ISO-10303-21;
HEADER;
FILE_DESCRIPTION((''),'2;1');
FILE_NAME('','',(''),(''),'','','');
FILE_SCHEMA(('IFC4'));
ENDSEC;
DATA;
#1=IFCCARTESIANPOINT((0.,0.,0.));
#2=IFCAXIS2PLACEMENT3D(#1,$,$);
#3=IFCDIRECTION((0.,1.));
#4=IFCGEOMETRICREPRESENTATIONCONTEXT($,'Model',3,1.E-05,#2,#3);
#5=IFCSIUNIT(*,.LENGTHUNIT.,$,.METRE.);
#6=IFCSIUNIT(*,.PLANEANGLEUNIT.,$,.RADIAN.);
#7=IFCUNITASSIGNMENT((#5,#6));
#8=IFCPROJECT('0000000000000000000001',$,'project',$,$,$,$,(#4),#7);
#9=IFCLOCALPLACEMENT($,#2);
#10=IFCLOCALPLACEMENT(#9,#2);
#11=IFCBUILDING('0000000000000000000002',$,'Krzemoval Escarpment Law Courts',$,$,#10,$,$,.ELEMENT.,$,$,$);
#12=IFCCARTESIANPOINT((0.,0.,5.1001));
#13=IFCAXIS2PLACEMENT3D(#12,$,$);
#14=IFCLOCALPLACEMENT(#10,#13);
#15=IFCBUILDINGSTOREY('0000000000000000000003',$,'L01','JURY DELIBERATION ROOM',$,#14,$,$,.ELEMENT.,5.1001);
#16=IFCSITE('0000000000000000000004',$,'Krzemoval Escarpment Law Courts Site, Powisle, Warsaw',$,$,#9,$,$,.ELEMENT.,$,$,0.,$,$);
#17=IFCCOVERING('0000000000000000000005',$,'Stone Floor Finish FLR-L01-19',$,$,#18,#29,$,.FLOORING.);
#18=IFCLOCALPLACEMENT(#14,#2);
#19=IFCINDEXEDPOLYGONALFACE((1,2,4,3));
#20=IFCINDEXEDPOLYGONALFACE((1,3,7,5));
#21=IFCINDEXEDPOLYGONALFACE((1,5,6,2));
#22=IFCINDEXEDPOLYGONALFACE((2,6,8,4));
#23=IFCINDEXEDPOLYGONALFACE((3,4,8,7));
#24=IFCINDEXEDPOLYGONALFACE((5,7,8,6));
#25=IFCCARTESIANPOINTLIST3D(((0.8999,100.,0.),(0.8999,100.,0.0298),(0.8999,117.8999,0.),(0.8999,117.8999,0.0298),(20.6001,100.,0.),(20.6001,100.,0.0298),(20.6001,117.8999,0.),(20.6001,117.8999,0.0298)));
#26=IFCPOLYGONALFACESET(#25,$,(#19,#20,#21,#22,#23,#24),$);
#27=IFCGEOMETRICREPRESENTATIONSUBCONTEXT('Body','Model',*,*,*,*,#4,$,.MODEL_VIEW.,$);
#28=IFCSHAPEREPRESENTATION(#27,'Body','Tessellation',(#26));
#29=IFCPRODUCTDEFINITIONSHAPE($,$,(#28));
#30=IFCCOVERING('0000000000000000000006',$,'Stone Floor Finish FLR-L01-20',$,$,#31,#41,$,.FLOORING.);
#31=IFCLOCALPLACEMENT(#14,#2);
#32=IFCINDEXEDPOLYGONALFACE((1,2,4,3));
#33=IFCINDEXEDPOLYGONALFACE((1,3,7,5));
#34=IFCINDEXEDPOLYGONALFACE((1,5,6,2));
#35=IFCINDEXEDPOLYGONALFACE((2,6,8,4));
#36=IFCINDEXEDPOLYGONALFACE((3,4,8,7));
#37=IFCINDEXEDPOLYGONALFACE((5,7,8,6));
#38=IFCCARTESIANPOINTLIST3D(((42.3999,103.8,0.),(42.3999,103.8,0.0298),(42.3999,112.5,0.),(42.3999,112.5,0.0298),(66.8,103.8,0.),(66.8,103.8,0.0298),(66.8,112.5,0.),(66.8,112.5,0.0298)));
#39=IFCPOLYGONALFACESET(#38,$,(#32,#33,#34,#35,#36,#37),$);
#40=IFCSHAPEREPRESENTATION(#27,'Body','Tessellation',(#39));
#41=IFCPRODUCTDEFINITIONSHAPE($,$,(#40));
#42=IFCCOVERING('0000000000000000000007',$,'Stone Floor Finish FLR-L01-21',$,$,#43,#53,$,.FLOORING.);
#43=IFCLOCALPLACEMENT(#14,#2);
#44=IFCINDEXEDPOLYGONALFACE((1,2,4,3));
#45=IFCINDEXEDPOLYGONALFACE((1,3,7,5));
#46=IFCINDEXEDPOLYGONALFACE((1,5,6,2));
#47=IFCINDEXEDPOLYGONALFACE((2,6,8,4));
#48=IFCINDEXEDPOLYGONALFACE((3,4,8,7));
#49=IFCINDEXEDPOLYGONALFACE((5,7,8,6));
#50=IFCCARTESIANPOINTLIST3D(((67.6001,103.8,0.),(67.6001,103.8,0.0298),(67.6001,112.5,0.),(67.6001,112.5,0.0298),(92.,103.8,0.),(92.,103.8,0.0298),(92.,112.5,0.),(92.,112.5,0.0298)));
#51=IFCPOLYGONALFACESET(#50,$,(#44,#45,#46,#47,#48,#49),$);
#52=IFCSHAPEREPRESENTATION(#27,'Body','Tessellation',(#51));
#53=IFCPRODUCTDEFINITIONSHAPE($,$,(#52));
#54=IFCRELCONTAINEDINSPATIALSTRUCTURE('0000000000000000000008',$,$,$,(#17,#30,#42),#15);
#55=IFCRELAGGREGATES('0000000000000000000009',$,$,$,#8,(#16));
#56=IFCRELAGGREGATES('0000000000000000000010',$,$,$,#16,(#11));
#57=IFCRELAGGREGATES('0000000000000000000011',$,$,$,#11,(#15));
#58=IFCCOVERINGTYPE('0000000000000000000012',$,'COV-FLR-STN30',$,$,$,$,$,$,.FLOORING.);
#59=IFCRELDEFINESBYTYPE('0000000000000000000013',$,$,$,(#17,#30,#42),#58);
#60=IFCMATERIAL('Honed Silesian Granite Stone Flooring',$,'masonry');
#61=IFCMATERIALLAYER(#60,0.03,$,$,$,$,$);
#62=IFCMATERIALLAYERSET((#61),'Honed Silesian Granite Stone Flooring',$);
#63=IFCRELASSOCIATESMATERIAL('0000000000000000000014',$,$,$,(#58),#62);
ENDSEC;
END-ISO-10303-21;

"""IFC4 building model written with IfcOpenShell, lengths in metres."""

from ifc_helpers import new_model, si_unit, direction, frame, origin, place, context, subcontext, project, spatial, polyline, outline, extrude, material, layer, layer_set, type_object, element, save


model = new_model("IFC4")

# Units and contexts
model_context = context("Model", 3, precision=1e-05, world=origin(), true_north=direction((0.0, 1.0)))
body_context = subcontext(model_context, "Body", "Model", "MODEL_VIEW")
ifc_project = project(units=[si_unit("LENGTHUNIT", "METRE"), si_unit("PLANEANGLEUNIT", "RADIAN")], contexts=[model_context])

# Site, building, storey
site_placement = place(None, origin())
site = spatial("IfcSite", under=ifc_project, at=site_placement, Name="Krzemoval Escarpment Law Courts Site, Powisle, Warsaw", CompositionType="ELEMENT", RefElevation=0.0)
building_placement = place(site_placement, origin())
building = spatial("IfcBuilding", under=site, at=building_placement, Name="Krzemoval Escarpment Law Courts", CompositionType="ELEMENT")
storey_placement = place(building_placement, frame((0.0, 0.0, 5.1001)))
storey = spatial("IfcBuildingStorey", under=building, at=storey_placement, Name="L01", Description="JURY DELIBERATION ROOM", CompositionType="ELEMENT", Elevation=5.1001)

# Coverings
ifc_material_1 = material(Name="Honed Silesian Granite Stone Flooring", Category="masonry")
ifc_layer_1 = layer(ifc_material_1, 0.03)
ifc_layer_set_1 = layer_set([ifc_layer_1], Name="Honed Silesian Granite Stone Flooring")
covering_type_1 = type_object("IfcCoveringType", Name="COV-FLR-STN30", PredefinedType="FLOORING", material=ifc_layer_set_1)
covering_1_placement = place(storey_placement, origin())
element("IfcCovering", 1, at=covering_1_placement, inside=storey, type_object=covering_type_1, Name="Stone Floor Finish FLR-L01-19", PredefinedType="FLOORING", context=body_context, shape_type="SweptSolid", body=[
    extrude(outline(polyline([(0.8999, 100.0), (0.8999, 117.8999), (20.6001, 117.8999), (20.6001, 100.0), (0.8999, 100.0)])), origin(), (0.0, 0.0, 1.0), 0.0298),
])
covering_2_placement = place(storey_placement, origin())
element("IfcCovering", 2, at=covering_2_placement, inside=storey, type_object=covering_type_1, Name="Stone Floor Finish FLR-L01-20", PredefinedType="FLOORING", context=body_context, shape_type="SweptSolid", body=[
    extrude(outline(polyline([(42.3999, 103.8), (42.3999, 112.5), (66.8, 112.5), (66.8, 103.8), (42.3999, 103.8)])), origin(), (0.0, 0.0, 1.0), 0.0298),
])
covering_3_placement = place(storey_placement, origin())
element("IfcCovering", 3, at=covering_3_placement, inside=storey, type_object=covering_type_1, Name="Stone Floor Finish FLR-L01-21", PredefinedType="FLOORING", context=body_context, shape_type="SweptSolid", body=[
    extrude(outline(polyline([(67.6001, 103.8), (67.6001, 112.5), (92.0, 112.5), (92.0, 103.8), (67.6001, 103.8)])), origin(), (0.0, 0.0, 1.0), 0.0298),
])

save(model, "model.ifc")
